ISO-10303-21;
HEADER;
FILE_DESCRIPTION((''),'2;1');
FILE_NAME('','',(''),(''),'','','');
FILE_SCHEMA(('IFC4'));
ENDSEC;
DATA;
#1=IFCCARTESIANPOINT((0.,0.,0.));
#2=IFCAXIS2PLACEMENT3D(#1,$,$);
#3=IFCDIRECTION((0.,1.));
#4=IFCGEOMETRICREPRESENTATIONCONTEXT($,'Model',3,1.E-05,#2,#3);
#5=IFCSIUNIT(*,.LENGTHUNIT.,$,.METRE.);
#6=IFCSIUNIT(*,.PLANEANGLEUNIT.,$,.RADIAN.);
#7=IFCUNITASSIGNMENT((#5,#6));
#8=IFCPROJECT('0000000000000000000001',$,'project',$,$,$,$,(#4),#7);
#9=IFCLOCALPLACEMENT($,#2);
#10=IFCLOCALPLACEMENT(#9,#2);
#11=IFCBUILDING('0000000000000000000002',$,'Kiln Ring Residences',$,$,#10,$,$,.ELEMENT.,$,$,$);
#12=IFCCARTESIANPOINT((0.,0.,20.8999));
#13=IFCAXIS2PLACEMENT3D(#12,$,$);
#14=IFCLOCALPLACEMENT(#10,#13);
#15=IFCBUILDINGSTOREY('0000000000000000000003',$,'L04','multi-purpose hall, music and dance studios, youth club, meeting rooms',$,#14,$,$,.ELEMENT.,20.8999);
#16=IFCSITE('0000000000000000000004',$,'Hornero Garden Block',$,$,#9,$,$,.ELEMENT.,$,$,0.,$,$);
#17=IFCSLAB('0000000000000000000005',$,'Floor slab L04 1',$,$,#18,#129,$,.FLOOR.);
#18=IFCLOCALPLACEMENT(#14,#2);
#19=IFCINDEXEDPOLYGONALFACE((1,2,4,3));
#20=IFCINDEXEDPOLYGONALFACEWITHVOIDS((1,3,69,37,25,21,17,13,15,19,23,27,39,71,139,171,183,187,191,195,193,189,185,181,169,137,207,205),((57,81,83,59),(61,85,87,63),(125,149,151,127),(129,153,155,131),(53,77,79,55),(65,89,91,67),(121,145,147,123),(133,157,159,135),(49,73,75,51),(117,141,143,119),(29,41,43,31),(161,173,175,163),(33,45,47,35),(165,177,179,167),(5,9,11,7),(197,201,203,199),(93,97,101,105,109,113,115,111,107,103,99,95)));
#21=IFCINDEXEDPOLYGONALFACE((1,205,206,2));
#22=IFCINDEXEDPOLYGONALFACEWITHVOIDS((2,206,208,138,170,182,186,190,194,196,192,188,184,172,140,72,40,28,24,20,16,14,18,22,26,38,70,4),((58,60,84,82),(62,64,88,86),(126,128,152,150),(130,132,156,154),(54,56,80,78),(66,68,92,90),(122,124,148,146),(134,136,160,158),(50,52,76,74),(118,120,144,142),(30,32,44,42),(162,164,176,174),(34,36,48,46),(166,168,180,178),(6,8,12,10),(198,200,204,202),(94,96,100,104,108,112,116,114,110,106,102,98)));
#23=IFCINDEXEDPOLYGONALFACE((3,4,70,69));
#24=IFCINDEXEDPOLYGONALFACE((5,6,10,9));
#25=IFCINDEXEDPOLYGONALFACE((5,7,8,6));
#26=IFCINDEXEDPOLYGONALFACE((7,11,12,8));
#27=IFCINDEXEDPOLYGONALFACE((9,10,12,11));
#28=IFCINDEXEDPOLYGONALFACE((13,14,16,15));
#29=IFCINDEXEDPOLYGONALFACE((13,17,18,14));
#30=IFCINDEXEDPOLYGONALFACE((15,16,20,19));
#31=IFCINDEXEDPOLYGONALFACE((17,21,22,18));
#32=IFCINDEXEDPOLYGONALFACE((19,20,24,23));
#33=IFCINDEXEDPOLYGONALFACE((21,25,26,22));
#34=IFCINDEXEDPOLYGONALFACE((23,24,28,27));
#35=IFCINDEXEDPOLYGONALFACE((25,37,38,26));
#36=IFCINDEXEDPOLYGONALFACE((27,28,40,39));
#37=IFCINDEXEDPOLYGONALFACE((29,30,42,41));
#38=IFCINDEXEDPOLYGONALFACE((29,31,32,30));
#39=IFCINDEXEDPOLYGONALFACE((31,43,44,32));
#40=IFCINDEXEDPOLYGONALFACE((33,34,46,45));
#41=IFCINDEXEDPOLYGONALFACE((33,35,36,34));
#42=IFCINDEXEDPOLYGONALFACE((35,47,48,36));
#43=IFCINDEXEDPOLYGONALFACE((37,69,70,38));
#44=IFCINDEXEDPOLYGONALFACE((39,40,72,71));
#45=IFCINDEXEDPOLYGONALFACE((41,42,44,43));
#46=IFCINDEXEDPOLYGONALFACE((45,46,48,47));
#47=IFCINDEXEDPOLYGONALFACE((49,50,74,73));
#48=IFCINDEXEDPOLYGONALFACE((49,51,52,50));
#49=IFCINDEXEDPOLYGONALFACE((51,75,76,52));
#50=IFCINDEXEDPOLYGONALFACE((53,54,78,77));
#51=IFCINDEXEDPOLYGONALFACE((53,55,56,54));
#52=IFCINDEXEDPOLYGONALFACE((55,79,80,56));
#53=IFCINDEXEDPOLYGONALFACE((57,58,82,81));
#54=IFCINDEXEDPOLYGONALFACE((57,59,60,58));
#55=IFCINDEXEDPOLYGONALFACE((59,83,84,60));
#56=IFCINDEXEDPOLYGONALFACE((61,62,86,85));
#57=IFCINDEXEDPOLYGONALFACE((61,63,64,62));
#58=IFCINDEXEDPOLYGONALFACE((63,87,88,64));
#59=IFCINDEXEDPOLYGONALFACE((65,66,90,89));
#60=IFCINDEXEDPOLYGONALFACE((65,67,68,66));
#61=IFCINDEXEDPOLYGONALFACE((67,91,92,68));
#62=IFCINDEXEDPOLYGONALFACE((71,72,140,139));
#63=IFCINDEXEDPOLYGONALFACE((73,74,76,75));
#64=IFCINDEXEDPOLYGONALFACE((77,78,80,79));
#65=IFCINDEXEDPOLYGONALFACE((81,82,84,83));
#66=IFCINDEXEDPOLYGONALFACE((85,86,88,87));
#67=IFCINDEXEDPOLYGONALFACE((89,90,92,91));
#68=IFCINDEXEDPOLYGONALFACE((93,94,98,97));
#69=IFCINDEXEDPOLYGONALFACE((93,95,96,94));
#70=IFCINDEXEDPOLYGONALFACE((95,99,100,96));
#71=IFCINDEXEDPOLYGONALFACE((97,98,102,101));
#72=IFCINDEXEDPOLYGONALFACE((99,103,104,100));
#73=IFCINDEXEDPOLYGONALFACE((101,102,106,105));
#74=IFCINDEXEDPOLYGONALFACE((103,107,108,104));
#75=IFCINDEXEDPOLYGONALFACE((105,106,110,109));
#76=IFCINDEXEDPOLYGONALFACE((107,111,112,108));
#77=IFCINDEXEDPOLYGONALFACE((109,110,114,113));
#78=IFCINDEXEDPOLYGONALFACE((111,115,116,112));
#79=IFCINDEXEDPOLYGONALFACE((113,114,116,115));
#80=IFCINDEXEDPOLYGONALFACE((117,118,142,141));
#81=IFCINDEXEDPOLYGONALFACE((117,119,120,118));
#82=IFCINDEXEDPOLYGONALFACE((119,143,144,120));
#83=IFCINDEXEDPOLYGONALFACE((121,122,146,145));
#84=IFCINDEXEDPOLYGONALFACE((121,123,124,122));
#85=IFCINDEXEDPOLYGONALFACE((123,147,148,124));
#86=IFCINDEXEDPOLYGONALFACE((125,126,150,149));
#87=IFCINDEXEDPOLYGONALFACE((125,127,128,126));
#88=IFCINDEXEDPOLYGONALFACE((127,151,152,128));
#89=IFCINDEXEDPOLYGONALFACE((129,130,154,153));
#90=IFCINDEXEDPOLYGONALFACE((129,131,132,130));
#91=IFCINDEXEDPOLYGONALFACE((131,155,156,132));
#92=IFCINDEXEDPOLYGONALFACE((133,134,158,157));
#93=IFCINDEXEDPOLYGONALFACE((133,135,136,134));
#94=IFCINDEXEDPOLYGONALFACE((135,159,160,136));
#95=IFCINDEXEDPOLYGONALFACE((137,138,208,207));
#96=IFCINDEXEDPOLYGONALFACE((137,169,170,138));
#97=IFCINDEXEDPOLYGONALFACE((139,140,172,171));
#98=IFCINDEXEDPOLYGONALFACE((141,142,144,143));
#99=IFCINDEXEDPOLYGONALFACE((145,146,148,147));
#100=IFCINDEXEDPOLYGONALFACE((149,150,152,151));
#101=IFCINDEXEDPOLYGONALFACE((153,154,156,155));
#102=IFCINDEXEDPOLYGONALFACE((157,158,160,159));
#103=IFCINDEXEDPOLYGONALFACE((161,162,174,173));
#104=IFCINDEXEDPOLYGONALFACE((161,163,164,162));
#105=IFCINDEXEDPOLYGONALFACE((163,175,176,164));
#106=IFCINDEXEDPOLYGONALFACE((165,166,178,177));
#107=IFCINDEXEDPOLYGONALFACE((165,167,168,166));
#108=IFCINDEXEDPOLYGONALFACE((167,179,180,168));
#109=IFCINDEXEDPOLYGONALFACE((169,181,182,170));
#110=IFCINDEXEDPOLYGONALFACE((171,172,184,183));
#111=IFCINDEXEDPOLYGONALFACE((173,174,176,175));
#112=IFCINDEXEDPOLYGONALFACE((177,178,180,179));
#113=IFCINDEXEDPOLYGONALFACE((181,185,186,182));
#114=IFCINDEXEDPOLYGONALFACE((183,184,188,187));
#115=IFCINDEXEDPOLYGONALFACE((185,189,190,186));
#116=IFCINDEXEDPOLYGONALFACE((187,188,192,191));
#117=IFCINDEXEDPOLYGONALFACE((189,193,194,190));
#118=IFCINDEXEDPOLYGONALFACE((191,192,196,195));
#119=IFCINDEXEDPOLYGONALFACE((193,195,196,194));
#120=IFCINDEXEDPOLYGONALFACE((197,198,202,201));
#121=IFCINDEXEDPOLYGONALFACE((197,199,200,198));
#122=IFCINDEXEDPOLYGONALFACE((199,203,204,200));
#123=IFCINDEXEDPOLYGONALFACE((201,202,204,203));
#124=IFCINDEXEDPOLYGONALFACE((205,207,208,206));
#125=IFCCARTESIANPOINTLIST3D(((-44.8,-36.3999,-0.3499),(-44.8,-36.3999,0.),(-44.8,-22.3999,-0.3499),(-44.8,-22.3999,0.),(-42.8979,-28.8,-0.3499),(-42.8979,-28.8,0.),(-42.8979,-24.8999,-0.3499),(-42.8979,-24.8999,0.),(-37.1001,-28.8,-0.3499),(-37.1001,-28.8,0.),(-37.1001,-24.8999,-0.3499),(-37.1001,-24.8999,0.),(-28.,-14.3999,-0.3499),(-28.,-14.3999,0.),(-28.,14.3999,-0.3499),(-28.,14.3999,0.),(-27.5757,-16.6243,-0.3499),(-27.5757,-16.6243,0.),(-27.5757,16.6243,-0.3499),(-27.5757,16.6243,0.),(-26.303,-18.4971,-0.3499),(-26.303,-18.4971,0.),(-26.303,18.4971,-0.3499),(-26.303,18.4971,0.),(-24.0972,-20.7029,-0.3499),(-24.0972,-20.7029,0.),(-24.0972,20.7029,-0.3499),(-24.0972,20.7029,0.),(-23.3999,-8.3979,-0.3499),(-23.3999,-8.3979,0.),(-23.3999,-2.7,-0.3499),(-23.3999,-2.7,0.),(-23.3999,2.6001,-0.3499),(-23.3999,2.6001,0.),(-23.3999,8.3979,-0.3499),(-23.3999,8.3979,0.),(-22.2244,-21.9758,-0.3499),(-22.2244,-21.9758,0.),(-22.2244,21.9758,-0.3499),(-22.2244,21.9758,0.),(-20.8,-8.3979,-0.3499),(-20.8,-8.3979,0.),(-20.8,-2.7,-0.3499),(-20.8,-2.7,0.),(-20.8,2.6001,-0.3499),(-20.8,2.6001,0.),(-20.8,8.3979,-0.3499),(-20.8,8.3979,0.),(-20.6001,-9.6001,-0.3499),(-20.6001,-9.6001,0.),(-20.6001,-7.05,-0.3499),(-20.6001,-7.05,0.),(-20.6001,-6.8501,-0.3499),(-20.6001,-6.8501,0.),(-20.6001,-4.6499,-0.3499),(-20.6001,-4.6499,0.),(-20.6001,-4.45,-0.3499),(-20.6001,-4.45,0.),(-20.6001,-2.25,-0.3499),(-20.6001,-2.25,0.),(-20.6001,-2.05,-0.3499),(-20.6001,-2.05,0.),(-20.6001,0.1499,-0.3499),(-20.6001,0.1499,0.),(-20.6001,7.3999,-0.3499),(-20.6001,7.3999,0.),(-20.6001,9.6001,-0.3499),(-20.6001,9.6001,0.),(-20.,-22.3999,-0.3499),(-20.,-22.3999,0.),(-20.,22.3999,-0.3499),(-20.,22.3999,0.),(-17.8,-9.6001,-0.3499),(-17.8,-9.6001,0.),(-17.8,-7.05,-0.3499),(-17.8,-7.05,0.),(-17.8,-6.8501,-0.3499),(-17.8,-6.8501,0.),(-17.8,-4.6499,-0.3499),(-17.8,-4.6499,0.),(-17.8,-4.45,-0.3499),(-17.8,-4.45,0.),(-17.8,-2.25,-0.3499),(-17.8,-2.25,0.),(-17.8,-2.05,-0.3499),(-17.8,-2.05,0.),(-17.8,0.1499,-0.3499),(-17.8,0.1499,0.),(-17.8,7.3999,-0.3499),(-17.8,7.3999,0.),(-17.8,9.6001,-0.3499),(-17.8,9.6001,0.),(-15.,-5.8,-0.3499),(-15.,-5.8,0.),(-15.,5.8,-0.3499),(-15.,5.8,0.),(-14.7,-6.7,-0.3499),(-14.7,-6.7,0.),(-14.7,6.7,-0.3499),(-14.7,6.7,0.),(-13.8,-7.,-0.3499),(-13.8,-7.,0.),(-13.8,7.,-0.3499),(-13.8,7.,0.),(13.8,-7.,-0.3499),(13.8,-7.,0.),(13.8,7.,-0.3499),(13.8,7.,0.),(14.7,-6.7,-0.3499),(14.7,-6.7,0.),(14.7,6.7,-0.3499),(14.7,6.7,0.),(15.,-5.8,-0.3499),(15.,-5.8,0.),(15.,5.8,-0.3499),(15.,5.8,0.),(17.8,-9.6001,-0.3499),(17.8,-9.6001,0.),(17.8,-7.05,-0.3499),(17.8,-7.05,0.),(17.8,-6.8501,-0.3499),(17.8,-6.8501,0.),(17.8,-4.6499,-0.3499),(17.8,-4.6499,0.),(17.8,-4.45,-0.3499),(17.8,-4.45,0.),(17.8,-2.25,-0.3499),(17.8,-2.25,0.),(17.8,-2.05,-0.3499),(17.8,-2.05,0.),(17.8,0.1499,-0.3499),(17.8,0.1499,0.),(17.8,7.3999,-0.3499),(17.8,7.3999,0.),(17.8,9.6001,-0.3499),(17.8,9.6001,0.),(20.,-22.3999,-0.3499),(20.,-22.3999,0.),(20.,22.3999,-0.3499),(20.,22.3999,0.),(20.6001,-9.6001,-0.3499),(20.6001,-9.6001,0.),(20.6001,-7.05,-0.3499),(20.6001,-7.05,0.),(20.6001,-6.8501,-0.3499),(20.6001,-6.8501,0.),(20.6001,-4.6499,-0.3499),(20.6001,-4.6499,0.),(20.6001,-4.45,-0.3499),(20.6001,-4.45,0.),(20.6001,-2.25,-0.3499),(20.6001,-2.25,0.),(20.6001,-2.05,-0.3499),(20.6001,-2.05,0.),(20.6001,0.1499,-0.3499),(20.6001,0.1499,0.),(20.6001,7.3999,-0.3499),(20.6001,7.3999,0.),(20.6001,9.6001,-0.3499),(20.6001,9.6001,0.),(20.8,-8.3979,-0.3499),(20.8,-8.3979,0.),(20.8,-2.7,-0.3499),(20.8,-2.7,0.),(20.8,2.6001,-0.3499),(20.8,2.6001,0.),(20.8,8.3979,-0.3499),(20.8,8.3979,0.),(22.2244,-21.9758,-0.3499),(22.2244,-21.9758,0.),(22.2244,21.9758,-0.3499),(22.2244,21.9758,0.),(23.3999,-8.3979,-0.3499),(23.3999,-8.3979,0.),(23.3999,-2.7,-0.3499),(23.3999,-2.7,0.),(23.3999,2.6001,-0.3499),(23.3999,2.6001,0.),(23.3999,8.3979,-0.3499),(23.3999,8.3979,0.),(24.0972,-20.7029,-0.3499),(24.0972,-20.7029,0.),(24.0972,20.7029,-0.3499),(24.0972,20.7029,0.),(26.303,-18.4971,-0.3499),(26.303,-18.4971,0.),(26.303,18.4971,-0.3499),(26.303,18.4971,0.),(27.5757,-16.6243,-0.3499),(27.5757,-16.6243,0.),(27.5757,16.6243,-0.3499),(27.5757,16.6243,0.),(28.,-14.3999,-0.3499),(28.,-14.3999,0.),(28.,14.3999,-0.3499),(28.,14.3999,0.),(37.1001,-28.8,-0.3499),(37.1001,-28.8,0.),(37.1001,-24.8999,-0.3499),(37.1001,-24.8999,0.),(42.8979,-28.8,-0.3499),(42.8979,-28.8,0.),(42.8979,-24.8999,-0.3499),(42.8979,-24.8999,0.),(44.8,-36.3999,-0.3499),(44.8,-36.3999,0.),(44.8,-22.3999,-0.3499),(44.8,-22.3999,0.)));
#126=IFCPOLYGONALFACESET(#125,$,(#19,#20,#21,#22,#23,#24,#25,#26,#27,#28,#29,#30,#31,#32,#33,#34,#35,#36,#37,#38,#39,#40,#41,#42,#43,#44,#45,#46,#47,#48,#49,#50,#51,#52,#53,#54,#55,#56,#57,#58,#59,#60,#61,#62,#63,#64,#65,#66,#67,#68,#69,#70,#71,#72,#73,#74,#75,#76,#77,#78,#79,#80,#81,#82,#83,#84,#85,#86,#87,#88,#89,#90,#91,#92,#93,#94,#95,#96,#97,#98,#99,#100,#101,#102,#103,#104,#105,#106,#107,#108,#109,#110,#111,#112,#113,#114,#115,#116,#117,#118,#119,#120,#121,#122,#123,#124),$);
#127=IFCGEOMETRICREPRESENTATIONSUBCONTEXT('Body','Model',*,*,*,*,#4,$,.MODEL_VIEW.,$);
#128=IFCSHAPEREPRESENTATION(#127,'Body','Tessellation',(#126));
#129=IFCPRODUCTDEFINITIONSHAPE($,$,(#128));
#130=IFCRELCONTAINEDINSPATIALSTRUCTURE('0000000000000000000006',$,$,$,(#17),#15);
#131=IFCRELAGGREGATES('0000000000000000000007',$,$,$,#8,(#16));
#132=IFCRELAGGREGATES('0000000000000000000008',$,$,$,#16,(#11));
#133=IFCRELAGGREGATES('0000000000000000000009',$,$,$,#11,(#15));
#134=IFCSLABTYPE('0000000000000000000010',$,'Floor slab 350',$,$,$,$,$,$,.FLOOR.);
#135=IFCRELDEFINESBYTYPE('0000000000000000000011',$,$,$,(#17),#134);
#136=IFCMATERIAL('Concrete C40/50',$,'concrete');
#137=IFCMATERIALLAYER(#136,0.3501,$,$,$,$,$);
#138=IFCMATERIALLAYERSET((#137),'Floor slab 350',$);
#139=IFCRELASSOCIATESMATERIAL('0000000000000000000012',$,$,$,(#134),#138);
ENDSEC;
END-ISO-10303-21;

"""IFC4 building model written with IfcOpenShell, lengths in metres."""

from ifc_helpers import new_model, si_unit, direction, frame, origin, place, context, subcontext, project, spatial, polyline, outline, extrude, material, layer, layer_set, type_object, element, save


model = new_model("IFC4")

# Units and contexts
model_context = context("Model", 3, precision=1e-05, world=origin(), true_north=direction((0.0, 1.0)))
body_context = subcontext(model_context, "Body", "Model", "MODEL_VIEW")
ifc_project = project(units=[si_unit("LENGTHUNIT", "METRE"), si_unit("PLANEANGLEUNIT", "RADIAN")], contexts=[model_context])

# Site, building, storey
site_placement = place(None, origin())
site = spatial("IfcSite", under=ifc_project, at=site_placement, Name="Hornero Garden Block", CompositionType="ELEMENT", RefElevation=0.0)
building_placement = place(site_placement, origin())
building = spatial("IfcBuilding", under=site, at=building_placement, Name="Kiln Ring Residences", CompositionType="ELEMENT")
storey_placement = place(building_placement, frame((0.0, 0.0, 20.8999)))
storey = spatial("IfcBuildingStorey", under=building, at=storey_placement, Name="L04", Description="multi-purpose hall, music and dance studios, youth club, meeting rooms", CompositionType="ELEMENT", Elevation=20.8999)

# Slab
ifc_material_1 = material(Name="Concrete C40/50", Category="concrete")
ifc_layer_1 = layer(ifc_material_1, 0.3501)
ifc_layer_set_1 = layer_set([ifc_layer_1], Name="Floor slab 350")
slab_type_1 = type_object("IfcSlabType", Name="Floor slab 350", PredefinedType="FLOOR", material=ifc_layer_set_1)
placement_1 = place(storey_placement, frame((0.0, 0.0, -0.3499)))
element("IfcSlab", 1, at=placement_1, inside=storey, type_object=slab_type_1, Name="Floor slab L04 1", PredefinedType="FLOOR", context=body_context, shape_type="SweptSolid", body=[
    extrude(outline(polyline([(44.8, -36.3999), (44.8, -22.3999), (20.0, -22.3999), (22.2244, -21.9758), (24.0972, -20.7029), (26.303, -18.4971), (27.5757, -16.6243), (28.0, -14.3999), (28.0, 14.3999), (27.5757, 16.6243), (26.303, 18.4971), (24.0972, 20.7029), (22.2244, 21.9758), (20.0, 22.3999), (-20.0, 22.3999), (-22.2244, 21.9758), (-24.0972, 20.7029), (-26.303, 18.4971), (-27.5757, 16.6243), (-28.0, 14.3999), (-28.0, -14.3999), (-27.5757, -16.6243), (-26.303, -18.4971), (-24.0972, -20.7029), (-22.2244, -21.9758), (-20.0, -22.3999), (-44.8, -22.3999), (-44.8, -36.3999), (44.8, -36.3999)]), holes=[polyline([(-14.7, -6.7), (-15.0, -5.8), (-15.0, 5.8), (-14.7, 6.7), (-13.8, 7.0), (13.8, 7.0), (14.7, 6.7), (15.0, 5.8), (15.0, -5.8), (14.7, -6.7), (13.8, -7.0), (-13.8, -7.0), (-14.7, -6.7)]), polyline([(42.8979, -24.8999), (42.8979, -28.8), (37.1001, -28.8), (37.1001, -24.8999), (42.8979, -24.8999)]), polyline([(20.8, -8.3979), (20.8, -2.7), (23.3999, -2.7), (23.3999, -8.3979), (20.8, -8.3979)]), polyline([(20.8, 2.6001), (20.8, 8.3979), (23.3999, 8.3979), (23.3999, 2.6001), (20.8, 2.6001)]), polyline([(17.8, -9.6001), (17.8, -7.05), (20.6001, -7.05), (20.6001, -9.6001), (17.8, -9.6001)]), polyline([(17.8, -6.8501), (17.8, -4.6499), (20.6001, -4.6499), (20.6001, -6.8501), (17.8, -6.8501)]), polyline([(17.8, -4.45), (17.8, -2.25), (20.6001, -2.25), (20.6001, -4.45), (17.8, -4.45)]), polyline([(17.8, -2.05), (17.8, 0.1499), (20.6001, 0.1499), (20.6001, -2.05), (17.8, -2.05)]), polyline([(17.8, 7.3999), (17.8, 9.6001), (20.6001, 9.6001), (20.6001, 7.3999), (17.8, 7.3999)]), polyline([(-17.8, -9.6001), (-20.6001, -9.6001), (-20.6001, -7.05), (-17.8, -7.05), (-17.8, -9.6001)]), polyline([(-17.8, -6.8501), (-20.6001, -6.8501), (-20.6001, -4.6499), (-17.8, -4.6499), (-17.8, -6.8501)]), polyline([(-17.8, -4.45), (-20.6001, -4.45), (-20.6001, -2.25), (-17.8, -2.25), (-17.8, -4.45)]), polyline([(-17.8, -2.05), (-20.6001, -2.05), (-20.6001, 0.1499), (-17.8, 0.1499), (-17.8, -2.05)]), polyline([(-17.8, 7.3999), (-20.6001, 7.3999), (-20.6001, 9.6001), (-17.8, 9.6001), (-17.8, 7.3999)]), polyline([(-20.8, -8.3979), (-23.3999, -8.3979), (-23.3999, -2.7), (-20.8, -2.7), (-20.8, -8.3979)]), polyline([(-20.8, 2.6001), (-23.3999, 2.6001), (-23.3999, 8.3979), (-20.8, 8.3979), (-20.8, 2.6001)]), polyline([(-42.8979, -28.8), (-42.8979, -24.8999), (-37.1001, -24.8999), (-37.1001, -28.8), (-42.8979, -28.8)])]), origin(), (0.0, 0.0, 1.0), 0.3499),
])

save(model, "model.ifc")
